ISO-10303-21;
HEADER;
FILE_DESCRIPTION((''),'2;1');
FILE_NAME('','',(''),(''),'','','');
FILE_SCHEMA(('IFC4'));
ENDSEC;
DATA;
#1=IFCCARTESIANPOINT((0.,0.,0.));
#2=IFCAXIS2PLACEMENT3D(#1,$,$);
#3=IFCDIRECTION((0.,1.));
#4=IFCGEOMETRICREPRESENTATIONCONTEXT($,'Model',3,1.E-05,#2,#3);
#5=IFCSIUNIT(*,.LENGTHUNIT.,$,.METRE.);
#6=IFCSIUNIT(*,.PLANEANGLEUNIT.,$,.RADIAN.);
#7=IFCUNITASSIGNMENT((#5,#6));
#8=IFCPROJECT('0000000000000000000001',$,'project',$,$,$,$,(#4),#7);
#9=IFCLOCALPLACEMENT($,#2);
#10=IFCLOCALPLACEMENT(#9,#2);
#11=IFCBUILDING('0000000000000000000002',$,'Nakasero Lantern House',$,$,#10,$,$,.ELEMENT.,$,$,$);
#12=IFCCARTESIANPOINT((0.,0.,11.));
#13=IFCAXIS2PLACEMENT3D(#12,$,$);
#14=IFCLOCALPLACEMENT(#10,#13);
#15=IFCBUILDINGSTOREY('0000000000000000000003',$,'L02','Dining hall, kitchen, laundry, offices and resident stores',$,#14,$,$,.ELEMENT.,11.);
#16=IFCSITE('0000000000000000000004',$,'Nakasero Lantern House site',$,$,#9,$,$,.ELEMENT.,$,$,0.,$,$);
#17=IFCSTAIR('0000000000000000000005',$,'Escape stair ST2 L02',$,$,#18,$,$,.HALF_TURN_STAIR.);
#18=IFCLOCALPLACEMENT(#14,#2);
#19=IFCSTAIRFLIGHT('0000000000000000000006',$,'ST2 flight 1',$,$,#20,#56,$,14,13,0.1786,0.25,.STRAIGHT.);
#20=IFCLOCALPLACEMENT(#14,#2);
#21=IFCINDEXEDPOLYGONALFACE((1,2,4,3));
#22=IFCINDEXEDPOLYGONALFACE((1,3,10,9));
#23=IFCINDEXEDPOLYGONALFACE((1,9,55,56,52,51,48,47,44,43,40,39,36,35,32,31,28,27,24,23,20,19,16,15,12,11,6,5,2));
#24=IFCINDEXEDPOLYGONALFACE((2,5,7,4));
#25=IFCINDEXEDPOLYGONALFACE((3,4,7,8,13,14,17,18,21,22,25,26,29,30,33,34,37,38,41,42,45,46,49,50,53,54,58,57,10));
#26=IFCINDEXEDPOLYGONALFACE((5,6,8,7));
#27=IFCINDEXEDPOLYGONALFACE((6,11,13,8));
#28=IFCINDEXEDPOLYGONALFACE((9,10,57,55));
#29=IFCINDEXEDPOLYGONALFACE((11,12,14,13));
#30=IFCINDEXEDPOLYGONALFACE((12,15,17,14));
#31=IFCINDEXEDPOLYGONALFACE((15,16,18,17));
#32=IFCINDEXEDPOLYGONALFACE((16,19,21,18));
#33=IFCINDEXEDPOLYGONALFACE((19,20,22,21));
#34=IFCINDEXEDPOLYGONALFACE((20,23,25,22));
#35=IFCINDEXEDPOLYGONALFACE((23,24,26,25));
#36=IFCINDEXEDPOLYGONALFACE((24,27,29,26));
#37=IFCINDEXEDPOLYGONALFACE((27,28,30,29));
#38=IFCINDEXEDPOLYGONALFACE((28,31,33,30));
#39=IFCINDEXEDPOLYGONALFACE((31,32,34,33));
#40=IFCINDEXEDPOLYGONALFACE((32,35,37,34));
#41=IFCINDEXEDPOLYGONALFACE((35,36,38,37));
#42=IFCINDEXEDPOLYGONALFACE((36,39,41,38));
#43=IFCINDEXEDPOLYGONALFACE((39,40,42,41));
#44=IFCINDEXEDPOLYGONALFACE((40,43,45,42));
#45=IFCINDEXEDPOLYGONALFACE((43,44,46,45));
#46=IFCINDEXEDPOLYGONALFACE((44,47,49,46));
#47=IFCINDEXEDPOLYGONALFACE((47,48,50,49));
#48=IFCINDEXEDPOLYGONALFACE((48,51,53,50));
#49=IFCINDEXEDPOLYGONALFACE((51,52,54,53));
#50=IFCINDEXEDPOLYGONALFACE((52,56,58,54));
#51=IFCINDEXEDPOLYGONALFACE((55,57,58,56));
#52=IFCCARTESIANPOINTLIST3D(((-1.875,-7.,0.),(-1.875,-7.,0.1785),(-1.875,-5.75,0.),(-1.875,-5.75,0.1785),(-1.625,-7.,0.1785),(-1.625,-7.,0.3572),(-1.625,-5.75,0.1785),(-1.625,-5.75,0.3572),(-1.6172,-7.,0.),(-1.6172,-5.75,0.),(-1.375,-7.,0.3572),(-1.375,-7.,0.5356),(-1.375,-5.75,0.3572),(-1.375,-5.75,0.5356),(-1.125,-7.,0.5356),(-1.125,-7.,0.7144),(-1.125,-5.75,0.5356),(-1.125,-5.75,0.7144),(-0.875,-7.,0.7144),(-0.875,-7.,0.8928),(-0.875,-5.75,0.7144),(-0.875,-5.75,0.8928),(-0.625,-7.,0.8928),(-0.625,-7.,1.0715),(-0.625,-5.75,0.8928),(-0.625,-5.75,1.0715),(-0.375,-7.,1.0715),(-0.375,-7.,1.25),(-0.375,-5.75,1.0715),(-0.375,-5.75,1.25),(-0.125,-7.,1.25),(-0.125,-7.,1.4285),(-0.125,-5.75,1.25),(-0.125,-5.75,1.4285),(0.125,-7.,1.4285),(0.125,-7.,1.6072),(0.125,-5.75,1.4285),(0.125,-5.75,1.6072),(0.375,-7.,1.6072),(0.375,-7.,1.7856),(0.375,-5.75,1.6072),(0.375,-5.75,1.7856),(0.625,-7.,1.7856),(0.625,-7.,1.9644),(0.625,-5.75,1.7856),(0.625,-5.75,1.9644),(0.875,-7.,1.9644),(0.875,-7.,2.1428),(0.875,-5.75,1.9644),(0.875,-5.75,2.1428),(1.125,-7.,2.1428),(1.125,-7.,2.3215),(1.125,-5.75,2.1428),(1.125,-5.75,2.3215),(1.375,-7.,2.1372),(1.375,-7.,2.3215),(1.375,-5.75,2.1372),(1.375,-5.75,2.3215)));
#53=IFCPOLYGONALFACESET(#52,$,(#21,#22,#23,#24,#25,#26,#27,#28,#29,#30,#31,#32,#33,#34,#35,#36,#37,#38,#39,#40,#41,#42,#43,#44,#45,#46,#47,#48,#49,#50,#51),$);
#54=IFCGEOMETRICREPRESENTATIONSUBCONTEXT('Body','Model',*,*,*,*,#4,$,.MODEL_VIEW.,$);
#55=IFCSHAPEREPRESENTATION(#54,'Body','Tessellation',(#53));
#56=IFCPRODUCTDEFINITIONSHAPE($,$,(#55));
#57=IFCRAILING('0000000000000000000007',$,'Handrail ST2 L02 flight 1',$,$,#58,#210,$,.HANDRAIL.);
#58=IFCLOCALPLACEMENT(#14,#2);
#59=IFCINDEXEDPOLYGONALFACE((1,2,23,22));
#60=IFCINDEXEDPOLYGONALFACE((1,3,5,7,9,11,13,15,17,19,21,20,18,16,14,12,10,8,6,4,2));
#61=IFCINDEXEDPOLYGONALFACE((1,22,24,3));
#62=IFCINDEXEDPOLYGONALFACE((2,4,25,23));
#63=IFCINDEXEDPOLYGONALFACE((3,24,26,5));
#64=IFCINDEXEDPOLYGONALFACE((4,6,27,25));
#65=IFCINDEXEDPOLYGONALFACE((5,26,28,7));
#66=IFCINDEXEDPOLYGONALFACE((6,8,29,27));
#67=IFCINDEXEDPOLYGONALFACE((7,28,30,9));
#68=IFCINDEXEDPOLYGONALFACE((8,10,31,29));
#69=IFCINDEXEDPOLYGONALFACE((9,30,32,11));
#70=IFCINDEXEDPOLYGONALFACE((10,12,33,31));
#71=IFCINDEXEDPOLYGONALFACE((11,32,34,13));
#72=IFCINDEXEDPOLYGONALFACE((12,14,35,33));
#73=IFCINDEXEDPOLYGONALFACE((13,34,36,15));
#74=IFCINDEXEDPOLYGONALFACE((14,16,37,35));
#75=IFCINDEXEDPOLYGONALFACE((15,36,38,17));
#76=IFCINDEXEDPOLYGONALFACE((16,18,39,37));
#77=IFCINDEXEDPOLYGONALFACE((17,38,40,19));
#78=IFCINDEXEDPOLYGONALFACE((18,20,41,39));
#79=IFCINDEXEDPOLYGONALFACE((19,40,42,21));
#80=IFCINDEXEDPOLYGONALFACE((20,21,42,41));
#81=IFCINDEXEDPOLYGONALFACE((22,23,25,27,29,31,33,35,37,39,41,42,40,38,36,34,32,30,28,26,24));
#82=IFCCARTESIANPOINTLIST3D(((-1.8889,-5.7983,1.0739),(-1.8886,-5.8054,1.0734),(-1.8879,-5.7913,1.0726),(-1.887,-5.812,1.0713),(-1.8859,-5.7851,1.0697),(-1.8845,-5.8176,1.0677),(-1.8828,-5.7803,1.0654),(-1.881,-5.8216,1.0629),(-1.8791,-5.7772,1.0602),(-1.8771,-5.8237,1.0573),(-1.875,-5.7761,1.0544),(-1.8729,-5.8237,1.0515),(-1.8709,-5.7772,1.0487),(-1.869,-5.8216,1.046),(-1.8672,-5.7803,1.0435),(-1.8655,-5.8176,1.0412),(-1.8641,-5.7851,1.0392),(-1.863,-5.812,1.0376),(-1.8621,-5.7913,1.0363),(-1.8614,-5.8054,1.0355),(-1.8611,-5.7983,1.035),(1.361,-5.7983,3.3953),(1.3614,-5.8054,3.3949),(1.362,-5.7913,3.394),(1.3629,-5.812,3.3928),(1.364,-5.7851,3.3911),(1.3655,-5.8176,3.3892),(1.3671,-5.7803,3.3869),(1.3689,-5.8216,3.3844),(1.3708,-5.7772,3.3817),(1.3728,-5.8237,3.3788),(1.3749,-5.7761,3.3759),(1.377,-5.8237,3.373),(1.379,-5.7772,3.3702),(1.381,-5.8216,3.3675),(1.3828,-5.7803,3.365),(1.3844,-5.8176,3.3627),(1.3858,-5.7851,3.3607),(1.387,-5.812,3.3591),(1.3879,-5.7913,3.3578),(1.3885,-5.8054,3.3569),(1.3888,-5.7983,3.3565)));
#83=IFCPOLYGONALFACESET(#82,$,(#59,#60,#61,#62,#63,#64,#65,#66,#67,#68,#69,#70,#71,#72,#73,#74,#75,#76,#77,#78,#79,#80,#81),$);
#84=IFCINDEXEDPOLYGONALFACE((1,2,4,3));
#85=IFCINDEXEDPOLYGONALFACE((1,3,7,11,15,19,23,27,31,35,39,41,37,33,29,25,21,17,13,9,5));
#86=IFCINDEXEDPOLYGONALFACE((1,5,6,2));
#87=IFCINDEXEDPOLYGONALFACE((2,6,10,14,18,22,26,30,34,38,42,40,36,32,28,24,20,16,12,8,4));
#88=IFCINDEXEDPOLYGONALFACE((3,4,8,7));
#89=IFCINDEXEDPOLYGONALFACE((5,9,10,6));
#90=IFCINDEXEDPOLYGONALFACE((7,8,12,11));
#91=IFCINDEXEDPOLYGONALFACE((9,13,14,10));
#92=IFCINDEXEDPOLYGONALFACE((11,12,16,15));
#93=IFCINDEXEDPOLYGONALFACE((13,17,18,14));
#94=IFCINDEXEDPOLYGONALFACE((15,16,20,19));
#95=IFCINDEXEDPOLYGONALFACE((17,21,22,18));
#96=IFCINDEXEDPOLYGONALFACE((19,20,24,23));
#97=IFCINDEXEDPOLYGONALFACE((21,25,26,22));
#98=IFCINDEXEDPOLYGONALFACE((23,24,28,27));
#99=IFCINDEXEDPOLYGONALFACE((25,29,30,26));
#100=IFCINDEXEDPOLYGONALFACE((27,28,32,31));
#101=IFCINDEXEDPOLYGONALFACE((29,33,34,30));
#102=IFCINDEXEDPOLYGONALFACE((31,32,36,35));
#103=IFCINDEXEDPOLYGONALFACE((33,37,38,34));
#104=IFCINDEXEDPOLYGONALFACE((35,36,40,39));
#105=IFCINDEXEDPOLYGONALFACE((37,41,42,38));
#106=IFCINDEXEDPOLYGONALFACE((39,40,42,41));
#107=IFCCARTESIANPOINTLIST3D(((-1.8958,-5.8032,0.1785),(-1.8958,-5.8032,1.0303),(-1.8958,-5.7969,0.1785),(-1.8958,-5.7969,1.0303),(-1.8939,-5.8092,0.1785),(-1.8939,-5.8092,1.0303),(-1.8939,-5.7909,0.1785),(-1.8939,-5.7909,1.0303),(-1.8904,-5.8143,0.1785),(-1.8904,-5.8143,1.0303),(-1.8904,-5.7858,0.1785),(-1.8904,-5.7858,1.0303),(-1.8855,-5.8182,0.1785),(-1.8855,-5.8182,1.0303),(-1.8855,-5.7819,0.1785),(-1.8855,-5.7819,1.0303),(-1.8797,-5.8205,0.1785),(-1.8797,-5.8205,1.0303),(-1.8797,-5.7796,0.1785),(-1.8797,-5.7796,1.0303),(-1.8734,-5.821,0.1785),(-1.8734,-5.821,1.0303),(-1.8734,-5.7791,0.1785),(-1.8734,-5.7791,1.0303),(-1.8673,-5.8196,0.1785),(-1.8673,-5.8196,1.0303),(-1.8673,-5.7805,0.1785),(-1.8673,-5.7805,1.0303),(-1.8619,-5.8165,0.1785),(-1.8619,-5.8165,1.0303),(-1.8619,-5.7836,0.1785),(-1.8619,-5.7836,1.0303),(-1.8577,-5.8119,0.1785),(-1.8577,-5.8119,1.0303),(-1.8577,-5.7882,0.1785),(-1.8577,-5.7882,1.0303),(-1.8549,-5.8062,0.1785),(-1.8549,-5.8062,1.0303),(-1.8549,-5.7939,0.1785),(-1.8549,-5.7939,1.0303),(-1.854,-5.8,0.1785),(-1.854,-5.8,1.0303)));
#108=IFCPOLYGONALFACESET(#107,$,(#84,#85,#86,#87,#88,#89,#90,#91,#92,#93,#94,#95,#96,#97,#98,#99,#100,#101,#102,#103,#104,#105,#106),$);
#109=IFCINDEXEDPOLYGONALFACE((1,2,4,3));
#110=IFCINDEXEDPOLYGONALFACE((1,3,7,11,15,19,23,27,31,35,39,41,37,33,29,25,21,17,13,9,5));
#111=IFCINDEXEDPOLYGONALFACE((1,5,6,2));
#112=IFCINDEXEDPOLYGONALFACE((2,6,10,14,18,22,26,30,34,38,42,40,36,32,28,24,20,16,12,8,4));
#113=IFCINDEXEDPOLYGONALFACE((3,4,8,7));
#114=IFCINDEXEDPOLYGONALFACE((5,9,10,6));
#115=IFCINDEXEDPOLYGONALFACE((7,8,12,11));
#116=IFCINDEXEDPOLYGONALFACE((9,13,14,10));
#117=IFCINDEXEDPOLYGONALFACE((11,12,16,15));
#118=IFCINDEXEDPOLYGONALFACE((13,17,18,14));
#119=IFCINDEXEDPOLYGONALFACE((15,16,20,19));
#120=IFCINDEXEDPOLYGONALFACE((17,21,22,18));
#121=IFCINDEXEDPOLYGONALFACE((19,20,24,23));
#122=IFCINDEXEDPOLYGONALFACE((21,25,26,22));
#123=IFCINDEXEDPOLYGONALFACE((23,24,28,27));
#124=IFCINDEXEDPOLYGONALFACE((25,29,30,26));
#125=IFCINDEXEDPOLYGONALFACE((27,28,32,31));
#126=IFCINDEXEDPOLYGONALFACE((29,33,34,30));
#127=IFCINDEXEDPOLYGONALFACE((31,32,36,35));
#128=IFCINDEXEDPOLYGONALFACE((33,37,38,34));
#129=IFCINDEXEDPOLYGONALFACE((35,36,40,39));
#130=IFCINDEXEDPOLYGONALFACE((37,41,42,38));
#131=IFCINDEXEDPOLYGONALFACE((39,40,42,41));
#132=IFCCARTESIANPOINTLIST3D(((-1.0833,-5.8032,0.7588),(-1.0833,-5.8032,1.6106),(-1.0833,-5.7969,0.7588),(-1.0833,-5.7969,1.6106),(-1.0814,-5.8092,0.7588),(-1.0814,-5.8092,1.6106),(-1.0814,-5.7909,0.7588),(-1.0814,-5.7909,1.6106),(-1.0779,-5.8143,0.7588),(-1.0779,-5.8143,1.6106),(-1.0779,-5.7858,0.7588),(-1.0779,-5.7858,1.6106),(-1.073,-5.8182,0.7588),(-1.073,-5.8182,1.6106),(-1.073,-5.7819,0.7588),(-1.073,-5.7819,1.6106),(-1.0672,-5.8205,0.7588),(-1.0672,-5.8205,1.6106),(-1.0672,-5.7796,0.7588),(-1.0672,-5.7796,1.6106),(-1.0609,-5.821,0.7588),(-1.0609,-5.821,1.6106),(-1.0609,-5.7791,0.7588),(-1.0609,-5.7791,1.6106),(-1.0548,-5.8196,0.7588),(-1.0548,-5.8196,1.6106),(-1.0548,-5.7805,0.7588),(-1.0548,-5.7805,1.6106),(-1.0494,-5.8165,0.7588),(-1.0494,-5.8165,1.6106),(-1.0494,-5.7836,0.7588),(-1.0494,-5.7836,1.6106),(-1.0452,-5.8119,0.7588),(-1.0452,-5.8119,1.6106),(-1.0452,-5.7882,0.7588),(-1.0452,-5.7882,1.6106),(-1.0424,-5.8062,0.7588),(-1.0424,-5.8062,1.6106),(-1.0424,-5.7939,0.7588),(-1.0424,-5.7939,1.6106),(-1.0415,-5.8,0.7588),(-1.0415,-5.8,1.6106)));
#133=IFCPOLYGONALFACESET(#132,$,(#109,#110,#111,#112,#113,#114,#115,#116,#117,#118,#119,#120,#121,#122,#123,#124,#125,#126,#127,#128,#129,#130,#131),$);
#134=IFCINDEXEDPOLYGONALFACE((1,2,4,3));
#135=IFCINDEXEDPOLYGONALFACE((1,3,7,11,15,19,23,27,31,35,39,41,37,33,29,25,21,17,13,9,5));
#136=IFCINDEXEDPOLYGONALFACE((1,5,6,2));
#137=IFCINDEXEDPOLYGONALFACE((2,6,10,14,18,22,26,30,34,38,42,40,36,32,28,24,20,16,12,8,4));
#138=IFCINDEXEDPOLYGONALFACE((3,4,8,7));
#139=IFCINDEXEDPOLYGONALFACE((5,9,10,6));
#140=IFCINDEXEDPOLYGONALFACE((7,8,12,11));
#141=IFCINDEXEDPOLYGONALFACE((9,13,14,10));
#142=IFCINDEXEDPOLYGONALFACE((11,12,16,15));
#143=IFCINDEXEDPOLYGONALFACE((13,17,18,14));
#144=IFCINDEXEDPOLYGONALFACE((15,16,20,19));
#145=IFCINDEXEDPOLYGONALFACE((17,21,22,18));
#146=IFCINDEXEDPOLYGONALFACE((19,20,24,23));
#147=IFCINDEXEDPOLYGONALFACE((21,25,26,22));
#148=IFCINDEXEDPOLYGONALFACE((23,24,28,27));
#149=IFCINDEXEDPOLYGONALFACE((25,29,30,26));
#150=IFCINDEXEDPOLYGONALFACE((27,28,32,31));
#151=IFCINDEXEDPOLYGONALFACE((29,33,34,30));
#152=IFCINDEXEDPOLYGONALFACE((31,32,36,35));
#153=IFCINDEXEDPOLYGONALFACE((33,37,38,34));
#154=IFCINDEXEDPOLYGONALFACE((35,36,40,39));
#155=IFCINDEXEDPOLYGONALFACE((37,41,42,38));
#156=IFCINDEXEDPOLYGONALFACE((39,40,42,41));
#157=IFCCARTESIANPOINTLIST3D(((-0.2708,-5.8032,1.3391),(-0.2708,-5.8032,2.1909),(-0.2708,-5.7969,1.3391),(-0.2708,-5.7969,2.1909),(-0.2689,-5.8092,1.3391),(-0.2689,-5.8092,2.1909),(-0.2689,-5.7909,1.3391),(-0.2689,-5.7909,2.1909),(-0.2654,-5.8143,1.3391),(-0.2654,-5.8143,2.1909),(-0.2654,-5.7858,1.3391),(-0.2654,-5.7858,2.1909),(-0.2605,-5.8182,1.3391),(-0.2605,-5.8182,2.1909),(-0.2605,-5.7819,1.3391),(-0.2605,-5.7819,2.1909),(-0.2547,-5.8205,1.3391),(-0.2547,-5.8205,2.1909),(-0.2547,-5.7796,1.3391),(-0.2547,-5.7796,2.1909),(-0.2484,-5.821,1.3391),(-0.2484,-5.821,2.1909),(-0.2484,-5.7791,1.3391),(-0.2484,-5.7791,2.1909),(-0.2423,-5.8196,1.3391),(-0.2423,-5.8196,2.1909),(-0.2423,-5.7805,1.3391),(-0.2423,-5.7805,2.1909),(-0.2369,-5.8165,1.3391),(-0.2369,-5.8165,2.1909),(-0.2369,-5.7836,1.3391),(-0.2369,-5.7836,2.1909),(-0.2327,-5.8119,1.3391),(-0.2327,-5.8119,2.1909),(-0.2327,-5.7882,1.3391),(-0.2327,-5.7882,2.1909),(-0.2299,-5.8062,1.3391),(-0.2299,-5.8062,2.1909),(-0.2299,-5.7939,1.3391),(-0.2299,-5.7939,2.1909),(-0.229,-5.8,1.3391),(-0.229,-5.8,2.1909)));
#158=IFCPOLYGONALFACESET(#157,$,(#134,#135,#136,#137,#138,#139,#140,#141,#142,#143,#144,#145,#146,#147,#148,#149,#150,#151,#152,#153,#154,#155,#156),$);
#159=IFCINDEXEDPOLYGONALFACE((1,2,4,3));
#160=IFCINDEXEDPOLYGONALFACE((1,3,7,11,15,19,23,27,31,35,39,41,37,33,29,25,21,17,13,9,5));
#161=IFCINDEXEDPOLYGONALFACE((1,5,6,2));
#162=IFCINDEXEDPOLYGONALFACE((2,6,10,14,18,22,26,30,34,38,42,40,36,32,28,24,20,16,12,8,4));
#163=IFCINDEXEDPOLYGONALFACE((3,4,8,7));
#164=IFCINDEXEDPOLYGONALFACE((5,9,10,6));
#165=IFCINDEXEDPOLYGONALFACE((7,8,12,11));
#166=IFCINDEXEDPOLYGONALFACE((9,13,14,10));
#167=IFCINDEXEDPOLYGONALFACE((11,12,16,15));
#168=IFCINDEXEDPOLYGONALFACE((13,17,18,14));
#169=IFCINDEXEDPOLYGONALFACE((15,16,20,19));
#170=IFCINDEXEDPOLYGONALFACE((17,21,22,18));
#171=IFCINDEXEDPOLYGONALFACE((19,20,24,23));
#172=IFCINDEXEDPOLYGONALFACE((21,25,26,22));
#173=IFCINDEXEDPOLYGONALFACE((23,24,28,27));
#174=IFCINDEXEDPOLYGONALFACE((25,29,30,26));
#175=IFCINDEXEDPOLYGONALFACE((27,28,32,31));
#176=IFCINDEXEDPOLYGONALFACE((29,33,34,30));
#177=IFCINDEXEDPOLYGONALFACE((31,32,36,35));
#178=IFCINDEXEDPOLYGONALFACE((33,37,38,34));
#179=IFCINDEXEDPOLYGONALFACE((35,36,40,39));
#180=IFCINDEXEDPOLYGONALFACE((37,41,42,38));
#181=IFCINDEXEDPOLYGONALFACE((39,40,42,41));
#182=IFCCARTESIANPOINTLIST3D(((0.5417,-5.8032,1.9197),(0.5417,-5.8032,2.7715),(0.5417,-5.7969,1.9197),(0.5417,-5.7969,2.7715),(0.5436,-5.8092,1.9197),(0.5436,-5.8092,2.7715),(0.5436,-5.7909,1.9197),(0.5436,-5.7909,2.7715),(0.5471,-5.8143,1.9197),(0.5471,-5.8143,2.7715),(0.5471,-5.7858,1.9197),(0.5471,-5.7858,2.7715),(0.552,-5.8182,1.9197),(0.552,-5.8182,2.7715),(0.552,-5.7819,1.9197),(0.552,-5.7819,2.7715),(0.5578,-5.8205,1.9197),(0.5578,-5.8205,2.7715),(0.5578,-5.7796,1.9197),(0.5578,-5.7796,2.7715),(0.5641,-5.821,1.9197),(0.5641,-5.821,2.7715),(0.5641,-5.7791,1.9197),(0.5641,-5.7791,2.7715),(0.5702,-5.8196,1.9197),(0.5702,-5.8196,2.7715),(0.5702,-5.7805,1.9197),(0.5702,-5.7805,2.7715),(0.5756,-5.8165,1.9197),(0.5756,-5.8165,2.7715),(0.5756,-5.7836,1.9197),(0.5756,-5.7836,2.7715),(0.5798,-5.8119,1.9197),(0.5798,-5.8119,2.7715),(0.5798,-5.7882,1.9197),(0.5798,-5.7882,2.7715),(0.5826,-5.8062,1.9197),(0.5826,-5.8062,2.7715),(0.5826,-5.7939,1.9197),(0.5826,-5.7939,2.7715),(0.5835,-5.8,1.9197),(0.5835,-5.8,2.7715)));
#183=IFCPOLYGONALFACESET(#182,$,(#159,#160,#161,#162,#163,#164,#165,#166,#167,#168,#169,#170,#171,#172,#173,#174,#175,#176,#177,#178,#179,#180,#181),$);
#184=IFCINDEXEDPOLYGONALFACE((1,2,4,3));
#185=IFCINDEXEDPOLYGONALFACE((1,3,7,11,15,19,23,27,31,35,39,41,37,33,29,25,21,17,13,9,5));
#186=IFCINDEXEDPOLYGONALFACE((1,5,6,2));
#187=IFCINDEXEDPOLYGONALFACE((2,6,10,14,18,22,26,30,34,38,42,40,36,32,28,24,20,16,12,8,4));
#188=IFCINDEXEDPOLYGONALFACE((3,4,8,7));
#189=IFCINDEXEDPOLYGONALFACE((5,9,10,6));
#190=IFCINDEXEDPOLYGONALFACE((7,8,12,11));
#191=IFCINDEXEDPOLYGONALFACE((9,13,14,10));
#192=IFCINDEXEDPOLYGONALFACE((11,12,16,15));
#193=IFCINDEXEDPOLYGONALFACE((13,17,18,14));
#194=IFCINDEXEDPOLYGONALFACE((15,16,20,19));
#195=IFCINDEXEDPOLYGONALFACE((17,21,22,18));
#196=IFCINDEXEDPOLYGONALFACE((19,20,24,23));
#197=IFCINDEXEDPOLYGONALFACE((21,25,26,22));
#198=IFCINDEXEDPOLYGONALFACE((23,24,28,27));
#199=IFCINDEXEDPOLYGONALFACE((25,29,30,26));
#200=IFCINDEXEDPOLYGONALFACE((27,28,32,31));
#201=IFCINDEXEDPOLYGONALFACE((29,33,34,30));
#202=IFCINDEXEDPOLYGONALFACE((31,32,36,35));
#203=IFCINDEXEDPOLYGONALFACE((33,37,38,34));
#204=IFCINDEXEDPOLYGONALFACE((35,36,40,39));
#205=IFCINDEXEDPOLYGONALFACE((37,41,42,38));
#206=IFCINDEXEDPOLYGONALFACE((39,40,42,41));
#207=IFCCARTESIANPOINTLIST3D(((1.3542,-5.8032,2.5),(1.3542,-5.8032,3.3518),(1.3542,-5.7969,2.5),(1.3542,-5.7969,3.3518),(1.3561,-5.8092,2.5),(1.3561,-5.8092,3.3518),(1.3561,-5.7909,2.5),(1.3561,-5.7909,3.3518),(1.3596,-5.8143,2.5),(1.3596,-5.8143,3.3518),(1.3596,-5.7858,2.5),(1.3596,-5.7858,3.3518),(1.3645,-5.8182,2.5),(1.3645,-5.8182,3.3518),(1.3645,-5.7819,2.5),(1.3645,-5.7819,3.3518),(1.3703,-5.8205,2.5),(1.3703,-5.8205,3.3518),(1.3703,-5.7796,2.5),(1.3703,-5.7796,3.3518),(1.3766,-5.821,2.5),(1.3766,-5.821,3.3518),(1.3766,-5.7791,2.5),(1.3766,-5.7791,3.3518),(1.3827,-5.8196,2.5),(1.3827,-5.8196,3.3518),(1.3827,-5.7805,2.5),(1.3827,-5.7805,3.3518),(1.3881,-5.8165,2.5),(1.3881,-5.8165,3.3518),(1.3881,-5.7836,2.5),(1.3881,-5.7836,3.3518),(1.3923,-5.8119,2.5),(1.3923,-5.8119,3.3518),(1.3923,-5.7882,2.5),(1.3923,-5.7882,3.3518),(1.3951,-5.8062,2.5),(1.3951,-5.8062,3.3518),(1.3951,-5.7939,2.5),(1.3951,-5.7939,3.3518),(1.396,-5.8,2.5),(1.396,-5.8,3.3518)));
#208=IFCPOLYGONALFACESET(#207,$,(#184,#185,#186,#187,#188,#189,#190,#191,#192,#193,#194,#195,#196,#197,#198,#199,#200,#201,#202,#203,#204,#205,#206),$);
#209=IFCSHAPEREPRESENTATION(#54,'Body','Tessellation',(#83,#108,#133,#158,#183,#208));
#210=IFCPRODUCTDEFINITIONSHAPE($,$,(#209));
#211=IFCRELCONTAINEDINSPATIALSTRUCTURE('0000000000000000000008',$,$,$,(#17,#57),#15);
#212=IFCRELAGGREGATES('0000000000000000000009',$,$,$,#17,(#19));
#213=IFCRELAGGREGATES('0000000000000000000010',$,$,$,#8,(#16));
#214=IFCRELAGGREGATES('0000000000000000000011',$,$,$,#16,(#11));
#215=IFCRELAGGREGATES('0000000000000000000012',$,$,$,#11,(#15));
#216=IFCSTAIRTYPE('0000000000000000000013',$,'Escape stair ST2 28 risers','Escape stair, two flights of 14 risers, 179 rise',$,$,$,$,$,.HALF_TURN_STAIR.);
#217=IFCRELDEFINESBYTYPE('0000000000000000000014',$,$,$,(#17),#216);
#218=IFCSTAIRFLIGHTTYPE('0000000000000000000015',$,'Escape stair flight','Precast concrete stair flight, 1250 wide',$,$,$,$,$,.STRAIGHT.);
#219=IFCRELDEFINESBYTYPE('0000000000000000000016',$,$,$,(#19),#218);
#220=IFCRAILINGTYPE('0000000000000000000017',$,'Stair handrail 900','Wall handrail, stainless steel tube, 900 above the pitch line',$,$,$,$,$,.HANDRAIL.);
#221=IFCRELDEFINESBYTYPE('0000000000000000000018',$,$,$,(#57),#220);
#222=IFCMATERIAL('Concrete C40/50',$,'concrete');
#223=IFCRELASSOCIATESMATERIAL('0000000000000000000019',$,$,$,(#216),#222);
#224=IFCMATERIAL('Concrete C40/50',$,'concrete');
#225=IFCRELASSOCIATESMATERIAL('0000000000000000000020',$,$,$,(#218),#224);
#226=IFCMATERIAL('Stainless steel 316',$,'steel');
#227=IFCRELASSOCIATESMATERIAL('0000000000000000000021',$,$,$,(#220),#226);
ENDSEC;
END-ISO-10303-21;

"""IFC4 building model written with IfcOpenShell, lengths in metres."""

from ifc_helpers import new_model, si_unit, direction, frame, origin, origin_2d, place, context, subcontext, project, spatial, polyline, circle, outline, extrude, material, type_object, element, aggregate, save


model = new_model("IFC4")

# Units and contexts
model_context = context("Model", 3, precision=1e-05, world=origin(), true_north=direction((0.0, 1.0)))
body_context = subcontext(model_context, "Body", "Model", "MODEL_VIEW")
ifc_project = project(units=[si_unit("LENGTHUNIT", "METRE"), si_unit("PLANEANGLEUNIT", "RADIAN")], contexts=[model_context])

# Site, building, storey
site_placement = place(None, origin())
site = spatial("IfcSite", under=ifc_project, at=site_placement, Name="Nakasero Lantern House site", CompositionType="ELEMENT", RefElevation=0.0)
building_placement = place(site_placement, origin())
building = spatial("IfcBuilding", under=site, at=building_placement, Name="Nakasero Lantern House", CompositionType="ELEMENT")
storey_placement = place(building_placement, frame((0.0, 0.0, 11.0)))
storey = spatial("IfcBuildingStorey", under=building, at=storey_placement, Name="L02", Description="Dining hall, kitchen, laundry, offices and resident stores", CompositionType="ELEMENT", Elevation=11.0)

# Stair, stair flight
ifc_material_1 = material(Name="Concrete C40/50", Category="concrete")
stair_type = type_object("IfcStairType", Name="Escape stair ST2 28 risers", Description="Escape stair, two flights of 14 risers, 179 rise", PredefinedType="HALF_TURN_STAIR", material=ifc_material_1)
stair_placement = place(storey_placement, origin())
stair = element("IfcStair", 1, at=stair_placement, inside=storey, type_object=stair_type, Name="Escape stair ST2 L02", PredefinedType="HALF_TURN_STAIR")
ifc_material_2 = material(Name="Concrete C40/50", Category="concrete")
stair_flight_type = type_object("IfcStairFlightType", Name="Escape stair flight", Description="Precast concrete stair flight, 1250 wide", PredefinedType="STRAIGHT", material=ifc_material_2)
stair_flight_placement = place(storey_placement, frame((-1.875, -6.375, 0.0), z_axis=(0.0, 0.0, 1.0), x_axis=(1.0, 0.0, 0.0)))
stair_flight = element("IfcStairFlight", 2, at=stair_flight_placement, type_object=stair_flight_type, Name="ST2 flight 1", NumberOfRisers=14, NumberOfTreads=13, PredefinedType="STRAIGHT", RiserHeight=0.1786, TreadLength=0.25, context=body_context, shape_type="SweptSolid", body=[
    extrude(outline(polyline([(0.0, 0.0), (0.0, 0.1785), (0.25, 0.1785), (0.25, 0.3572), (0.5, 0.3572), (0.5, 0.5356), (0.75, 0.5356), (0.75, 0.7144), (1.0, 0.7144), (1.0, 0.8928), (1.25, 0.8928), (1.25, 1.0715), (1.5, 1.0715), (1.5, 1.25), (1.75, 1.25), (1.75, 1.4285), (2.0, 1.4285), (2.0, 1.6072), (2.25, 1.6072), (2.25, 1.7856), (2.5, 1.7856), (2.5, 1.9644), (2.75, 1.9644), (2.75, 2.1428), (3.0, 2.1428), (3.0, 2.3215), (3.25, 2.3215), (3.25, 2.5), (3.25, 2.1372), (0.2578, 0.0), (0.0, 0.0)])), frame((0.0, 0.625, 0.0), z_axis=(0.0, -1.0, 0.0), x_axis=(1.0, 0.0, 0.0)), (0.0, 0.0, 1.0), 1.25),
])
aggregate(stair, [stair_flight])

# Railing
ifc_material_3 = material(Name="Stainless steel 316", Category="steel")
railing_type = type_object("IfcRailingType", Name="Stair handrail 900", Description="Wall handrail, stainless steel tube, 900 above the pitch line", PredefinedType="HANDRAIL", material=ifc_material_3)
railing_placement = place(storey_placement, frame((-1.875, -5.8, 0.1785)))
element("IfcRailing", 3, at=railing_placement, inside=storey, type_object=railing_type, Name="Handrail ST2 L02 flight 1", PredefinedType="HANDRAIL", context=body_context, shape_type="SweptSolid", body=[
    extrude(circle(Radius=0.0239, at=origin_2d()), frame((0.0, 0.0, 0.876), z_axis=(0.813721, 0.0, 0.581256), x_axis=(0.0, 1.0, 0.0)), (0.0, 0.0, 1.0), 3.9939),
    extrude(circle(Radius=0.021, at=origin_2d()), origin(), (0.0, 0.0, 1.0), 0.8518),
    extrude(circle(Radius=0.021, at=origin_2d()), frame((0.8125, 0.0, 0.5803)), (0.0, 0.0, 1.0), 0.8518),
    extrude(circle(Radius=0.021, at=origin_2d()), frame((1.625, 0.0, 1.1606)), (0.0, 0.0, 1.0), 0.8518),
    extrude(circle(Radius=0.021, at=origin_2d()), frame((2.4375, 0.0, 1.7412)), (0.0, 0.0, 1.0), 0.8518),
    extrude(circle(Radius=0.021, at=origin_2d()), frame((3.25, 0.0, 2.3215)), (0.0, 0.0, 1.0), 0.8518),
])

save(model, "model.ifc")
